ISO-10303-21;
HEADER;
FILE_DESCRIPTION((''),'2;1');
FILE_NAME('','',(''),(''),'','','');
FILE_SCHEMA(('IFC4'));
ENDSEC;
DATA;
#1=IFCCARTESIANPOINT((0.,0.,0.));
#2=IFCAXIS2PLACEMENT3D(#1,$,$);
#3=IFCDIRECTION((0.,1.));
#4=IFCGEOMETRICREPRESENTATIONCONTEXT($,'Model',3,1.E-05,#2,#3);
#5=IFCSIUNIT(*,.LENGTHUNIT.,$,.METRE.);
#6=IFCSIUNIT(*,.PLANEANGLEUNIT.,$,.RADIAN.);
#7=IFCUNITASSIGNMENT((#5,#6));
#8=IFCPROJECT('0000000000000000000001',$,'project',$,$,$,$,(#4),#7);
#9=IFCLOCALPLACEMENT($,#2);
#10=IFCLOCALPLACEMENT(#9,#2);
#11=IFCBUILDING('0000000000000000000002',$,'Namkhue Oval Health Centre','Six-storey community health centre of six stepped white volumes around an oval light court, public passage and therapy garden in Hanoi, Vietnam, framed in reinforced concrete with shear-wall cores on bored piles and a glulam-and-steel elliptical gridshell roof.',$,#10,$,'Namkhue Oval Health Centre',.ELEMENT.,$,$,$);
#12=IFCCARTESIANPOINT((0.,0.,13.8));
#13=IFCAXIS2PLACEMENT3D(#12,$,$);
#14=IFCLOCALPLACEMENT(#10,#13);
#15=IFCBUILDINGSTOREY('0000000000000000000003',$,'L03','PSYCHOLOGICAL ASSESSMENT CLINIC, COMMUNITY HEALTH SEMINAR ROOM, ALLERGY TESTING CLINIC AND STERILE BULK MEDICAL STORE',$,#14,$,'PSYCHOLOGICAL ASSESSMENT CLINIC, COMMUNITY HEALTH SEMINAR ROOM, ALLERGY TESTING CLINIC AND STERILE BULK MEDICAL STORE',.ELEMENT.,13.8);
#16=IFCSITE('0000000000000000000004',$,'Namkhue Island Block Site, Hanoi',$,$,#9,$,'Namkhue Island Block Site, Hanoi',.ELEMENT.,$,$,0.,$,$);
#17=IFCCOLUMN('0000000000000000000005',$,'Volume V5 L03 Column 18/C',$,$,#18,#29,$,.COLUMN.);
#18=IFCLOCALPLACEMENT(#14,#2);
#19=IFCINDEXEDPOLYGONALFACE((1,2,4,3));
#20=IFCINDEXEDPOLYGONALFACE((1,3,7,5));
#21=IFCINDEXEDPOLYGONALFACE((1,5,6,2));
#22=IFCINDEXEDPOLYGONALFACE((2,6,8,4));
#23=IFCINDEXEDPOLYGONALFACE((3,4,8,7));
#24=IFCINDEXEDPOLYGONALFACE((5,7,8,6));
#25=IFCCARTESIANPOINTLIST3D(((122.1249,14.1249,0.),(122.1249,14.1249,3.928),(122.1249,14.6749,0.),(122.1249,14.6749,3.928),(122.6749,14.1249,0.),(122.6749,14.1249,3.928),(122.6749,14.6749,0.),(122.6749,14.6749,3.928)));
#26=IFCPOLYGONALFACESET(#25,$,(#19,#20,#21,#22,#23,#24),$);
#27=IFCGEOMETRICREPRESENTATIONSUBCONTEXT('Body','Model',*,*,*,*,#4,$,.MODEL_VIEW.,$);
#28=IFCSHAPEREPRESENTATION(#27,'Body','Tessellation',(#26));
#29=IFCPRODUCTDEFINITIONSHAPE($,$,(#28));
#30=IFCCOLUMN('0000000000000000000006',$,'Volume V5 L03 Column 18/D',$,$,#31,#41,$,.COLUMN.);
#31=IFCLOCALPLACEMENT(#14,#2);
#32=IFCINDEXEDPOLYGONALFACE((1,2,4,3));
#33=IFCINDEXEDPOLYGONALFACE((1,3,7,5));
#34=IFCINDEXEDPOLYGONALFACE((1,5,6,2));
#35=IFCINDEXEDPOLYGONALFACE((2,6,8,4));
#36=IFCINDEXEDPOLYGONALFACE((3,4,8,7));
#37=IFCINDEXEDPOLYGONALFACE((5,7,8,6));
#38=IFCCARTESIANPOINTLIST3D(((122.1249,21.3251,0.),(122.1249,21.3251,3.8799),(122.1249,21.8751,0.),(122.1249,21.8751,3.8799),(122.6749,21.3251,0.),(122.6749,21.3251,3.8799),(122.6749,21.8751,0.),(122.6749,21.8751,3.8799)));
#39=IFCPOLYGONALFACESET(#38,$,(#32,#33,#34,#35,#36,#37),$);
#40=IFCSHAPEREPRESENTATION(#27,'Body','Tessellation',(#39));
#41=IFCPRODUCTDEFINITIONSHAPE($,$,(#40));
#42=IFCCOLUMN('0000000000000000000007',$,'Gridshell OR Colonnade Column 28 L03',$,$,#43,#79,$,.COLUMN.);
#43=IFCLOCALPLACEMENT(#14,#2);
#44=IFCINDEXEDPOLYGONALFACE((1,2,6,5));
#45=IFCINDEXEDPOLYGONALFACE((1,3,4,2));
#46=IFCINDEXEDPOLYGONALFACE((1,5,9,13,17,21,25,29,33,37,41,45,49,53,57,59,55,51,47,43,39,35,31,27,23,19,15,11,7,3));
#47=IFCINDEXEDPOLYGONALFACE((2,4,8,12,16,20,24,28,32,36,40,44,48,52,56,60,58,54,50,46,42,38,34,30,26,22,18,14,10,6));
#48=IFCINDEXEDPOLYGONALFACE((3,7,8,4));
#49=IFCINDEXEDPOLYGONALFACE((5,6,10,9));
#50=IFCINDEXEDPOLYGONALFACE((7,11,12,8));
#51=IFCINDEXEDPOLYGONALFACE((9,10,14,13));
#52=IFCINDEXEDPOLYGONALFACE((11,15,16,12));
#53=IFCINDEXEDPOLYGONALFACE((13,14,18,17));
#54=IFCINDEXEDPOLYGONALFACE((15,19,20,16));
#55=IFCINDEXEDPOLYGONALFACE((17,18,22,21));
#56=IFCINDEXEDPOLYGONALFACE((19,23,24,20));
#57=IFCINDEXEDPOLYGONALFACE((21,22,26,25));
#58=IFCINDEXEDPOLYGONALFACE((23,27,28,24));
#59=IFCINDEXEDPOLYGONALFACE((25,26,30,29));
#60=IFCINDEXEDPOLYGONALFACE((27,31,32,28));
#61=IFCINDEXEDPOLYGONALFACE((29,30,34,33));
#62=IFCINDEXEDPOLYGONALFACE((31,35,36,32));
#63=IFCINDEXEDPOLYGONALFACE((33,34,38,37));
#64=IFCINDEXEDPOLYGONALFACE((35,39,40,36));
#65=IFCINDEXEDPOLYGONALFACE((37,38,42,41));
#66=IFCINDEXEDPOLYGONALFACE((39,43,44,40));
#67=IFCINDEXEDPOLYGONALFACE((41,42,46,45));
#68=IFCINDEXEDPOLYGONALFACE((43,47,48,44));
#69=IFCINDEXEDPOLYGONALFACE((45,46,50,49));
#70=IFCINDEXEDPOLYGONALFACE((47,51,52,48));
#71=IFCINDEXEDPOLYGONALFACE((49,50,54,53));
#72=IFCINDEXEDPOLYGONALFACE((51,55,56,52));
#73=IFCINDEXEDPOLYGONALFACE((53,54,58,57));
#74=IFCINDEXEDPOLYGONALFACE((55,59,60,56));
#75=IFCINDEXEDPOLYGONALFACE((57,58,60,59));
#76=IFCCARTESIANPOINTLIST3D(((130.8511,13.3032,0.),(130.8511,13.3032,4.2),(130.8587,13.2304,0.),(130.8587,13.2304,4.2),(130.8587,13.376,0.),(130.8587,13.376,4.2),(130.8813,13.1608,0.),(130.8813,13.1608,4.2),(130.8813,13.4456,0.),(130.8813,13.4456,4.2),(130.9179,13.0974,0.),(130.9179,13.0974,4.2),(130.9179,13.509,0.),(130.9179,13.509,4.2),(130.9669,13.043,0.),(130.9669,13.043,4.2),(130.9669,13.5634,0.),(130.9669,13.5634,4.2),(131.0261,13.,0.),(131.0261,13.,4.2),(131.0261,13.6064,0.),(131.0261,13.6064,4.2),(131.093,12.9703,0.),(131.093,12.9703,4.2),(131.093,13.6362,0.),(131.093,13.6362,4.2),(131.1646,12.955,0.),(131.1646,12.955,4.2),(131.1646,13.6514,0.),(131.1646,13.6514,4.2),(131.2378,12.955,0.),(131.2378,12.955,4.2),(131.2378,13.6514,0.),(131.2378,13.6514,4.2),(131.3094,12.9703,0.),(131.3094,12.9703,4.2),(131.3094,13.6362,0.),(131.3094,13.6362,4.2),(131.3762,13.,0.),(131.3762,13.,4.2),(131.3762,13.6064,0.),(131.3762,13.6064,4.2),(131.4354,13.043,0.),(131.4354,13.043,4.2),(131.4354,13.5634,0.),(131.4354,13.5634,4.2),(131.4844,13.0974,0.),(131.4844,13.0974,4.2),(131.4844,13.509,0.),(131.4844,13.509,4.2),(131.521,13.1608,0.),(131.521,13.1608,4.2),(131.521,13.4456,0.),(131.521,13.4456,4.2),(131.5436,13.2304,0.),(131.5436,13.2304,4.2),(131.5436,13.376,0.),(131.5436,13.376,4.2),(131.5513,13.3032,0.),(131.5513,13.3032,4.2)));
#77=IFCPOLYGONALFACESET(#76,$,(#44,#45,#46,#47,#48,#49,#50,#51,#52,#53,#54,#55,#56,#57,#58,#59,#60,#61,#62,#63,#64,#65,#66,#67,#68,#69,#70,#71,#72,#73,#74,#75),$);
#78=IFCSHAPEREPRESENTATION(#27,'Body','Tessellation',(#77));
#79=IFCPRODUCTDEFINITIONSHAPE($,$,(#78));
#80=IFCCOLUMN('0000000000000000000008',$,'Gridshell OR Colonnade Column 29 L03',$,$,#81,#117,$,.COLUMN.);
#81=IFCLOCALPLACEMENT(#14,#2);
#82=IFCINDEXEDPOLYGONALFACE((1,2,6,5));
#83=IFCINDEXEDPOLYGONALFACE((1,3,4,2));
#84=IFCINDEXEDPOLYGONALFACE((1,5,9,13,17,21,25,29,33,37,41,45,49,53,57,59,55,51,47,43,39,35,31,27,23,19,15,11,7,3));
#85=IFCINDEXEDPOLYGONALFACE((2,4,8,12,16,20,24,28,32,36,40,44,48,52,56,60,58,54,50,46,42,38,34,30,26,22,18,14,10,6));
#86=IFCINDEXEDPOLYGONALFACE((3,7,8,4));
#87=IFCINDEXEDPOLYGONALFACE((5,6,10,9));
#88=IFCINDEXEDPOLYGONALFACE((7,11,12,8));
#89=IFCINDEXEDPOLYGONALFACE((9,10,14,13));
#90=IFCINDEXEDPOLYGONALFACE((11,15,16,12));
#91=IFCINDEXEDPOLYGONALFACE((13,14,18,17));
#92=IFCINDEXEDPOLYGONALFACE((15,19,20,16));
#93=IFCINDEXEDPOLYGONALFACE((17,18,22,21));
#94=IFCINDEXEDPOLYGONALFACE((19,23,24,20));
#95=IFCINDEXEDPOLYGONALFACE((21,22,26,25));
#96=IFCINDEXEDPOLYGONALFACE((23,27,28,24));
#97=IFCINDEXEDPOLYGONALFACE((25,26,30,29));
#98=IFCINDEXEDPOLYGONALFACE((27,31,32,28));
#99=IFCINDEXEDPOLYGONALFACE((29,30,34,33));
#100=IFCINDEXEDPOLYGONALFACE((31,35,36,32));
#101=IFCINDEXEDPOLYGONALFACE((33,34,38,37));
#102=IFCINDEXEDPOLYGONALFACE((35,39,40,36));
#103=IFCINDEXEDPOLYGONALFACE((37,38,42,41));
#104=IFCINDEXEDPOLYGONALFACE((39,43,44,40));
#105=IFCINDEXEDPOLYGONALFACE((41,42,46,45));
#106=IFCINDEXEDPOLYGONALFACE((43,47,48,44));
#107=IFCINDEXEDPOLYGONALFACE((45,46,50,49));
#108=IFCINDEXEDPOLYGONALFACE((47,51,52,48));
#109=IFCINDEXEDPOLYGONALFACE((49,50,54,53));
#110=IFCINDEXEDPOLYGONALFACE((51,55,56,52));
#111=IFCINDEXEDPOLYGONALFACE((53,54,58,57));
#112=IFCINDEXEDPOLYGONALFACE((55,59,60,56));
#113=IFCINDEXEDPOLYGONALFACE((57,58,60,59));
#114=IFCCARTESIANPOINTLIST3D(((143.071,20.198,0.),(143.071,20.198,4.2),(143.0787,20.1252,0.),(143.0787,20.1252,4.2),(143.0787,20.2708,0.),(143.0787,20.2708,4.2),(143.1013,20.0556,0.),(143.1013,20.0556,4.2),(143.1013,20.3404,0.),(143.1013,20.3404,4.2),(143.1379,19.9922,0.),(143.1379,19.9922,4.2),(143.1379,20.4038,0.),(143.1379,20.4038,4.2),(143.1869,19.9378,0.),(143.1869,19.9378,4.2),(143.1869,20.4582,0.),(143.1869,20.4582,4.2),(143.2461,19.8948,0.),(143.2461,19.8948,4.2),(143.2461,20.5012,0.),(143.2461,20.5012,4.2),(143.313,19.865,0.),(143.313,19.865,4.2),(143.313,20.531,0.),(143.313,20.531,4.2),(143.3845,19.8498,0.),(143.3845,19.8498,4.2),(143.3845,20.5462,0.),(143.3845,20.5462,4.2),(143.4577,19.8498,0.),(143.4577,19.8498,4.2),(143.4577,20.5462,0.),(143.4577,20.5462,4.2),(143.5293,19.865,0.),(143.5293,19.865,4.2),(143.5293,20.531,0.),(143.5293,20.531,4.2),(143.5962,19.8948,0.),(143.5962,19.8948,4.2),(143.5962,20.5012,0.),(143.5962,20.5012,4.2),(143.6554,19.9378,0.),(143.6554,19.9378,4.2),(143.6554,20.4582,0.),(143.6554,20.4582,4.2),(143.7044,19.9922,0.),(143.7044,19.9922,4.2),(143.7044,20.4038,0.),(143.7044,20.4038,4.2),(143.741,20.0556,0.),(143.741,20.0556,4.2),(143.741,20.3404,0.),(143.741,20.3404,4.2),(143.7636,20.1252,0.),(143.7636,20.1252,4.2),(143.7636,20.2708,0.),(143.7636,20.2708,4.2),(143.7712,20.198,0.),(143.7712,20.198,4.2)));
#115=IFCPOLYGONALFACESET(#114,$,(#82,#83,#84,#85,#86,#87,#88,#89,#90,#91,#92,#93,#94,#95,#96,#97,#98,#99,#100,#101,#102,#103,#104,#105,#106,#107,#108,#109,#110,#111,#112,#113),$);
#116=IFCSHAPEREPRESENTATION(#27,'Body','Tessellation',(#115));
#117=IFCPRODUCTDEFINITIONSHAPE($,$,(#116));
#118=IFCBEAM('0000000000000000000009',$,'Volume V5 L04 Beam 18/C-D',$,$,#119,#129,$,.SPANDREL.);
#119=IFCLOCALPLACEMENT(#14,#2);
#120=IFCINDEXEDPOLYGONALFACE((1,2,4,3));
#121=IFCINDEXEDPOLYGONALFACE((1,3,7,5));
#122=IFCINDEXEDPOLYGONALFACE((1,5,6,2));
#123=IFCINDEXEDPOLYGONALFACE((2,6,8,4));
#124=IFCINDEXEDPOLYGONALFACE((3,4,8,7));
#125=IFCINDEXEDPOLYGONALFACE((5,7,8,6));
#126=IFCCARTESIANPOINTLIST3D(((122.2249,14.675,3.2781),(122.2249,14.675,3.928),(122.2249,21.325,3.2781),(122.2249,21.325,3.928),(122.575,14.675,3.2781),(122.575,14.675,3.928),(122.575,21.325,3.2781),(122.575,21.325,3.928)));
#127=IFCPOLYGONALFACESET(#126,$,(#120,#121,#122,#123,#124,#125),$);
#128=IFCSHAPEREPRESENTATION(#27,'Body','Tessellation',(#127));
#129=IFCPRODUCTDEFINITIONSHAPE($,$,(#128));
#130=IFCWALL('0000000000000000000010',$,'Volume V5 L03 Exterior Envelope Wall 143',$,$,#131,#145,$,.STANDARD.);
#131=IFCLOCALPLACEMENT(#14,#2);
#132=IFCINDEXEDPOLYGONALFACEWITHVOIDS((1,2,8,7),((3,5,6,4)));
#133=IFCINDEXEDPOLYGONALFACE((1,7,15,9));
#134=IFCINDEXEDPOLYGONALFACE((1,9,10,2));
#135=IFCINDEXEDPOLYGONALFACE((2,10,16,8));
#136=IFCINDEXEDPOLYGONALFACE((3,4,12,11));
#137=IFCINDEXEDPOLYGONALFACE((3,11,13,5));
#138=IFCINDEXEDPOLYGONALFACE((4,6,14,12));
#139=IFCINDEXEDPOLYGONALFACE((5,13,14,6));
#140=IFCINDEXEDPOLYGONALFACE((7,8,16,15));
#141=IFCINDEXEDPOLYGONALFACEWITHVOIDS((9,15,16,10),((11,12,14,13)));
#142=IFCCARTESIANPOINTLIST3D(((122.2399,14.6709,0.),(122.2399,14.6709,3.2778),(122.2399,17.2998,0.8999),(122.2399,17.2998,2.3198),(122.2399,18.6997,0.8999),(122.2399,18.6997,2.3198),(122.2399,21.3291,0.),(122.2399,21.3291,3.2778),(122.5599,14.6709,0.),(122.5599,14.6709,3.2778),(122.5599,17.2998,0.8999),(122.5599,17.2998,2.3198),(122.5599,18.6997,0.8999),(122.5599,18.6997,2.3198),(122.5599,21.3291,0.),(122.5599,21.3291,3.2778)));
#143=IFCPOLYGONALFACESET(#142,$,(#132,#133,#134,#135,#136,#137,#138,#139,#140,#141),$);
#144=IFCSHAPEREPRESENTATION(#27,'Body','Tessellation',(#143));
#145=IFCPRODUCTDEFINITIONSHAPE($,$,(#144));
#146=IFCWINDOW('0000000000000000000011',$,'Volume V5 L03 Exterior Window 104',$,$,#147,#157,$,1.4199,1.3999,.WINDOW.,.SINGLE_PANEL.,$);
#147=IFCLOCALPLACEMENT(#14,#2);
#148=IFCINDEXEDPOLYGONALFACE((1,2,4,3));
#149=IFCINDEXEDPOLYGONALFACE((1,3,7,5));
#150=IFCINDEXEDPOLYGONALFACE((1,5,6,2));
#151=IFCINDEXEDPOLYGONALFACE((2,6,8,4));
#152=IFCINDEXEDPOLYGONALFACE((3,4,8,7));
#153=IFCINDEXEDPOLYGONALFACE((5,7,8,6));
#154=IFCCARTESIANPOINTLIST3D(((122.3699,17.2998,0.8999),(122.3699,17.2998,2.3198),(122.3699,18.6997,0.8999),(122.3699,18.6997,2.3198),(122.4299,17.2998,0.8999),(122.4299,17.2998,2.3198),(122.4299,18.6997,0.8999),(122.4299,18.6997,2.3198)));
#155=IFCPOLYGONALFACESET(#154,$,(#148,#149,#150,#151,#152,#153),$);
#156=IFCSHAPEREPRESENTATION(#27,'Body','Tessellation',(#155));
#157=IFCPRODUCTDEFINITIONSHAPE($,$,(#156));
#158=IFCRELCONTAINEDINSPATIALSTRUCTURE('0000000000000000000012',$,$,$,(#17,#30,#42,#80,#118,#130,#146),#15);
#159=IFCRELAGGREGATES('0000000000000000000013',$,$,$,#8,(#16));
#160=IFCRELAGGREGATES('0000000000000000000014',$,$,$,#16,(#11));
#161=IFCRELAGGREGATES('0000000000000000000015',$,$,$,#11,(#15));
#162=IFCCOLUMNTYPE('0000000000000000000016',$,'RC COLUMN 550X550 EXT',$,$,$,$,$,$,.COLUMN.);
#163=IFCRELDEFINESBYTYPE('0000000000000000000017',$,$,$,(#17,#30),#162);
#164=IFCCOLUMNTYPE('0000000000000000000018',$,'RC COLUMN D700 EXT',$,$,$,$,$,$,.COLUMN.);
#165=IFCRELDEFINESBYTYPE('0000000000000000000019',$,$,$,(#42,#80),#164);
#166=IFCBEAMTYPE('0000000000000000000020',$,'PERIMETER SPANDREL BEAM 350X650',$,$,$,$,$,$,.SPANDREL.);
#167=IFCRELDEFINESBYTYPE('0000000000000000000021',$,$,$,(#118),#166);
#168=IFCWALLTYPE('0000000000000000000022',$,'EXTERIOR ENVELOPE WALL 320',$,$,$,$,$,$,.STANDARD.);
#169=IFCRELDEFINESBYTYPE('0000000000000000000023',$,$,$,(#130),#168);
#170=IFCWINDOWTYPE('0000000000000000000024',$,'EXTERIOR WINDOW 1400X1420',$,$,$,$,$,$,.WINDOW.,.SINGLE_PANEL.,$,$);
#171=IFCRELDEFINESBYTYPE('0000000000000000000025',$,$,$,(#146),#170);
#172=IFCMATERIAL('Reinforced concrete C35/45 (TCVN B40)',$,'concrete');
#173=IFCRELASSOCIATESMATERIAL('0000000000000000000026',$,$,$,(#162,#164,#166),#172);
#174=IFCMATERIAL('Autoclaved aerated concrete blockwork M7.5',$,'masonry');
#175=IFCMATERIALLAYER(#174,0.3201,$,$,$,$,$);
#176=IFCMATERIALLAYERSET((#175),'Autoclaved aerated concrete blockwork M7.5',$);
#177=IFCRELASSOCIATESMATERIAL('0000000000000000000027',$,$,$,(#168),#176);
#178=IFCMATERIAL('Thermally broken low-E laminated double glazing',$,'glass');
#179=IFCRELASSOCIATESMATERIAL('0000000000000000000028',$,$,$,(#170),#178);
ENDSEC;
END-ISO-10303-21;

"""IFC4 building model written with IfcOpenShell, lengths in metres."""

from ifc_helpers import new_model, si_unit, direction, frame, frame_2d, origin, origin_2d, place, context, subcontext, project, spatial, rectangle, circle, extrude, material, layer, layer_set, material_profile, profile_set, type_object, element, fill, save


model = new_model("IFC4")

# Units and contexts
model_context = context("Model", 3, precision=1e-05, world=origin(), true_north=direction((0.0, 1.0)))
body_context = subcontext(model_context, "Body", "Model", "MODEL_VIEW")
ifc_project = project(units=[si_unit("LENGTHUNIT", "METRE"), si_unit("PLANEANGLEUNIT", "RADIAN")], contexts=[model_context])

# Site, building, storey
site_placement = place(None, origin())
site = spatial("IfcSite", under=ifc_project, at=site_placement, Name="Namkhue Island Block Site, Hanoi", LongName="Namkhue Island Block Site, Hanoi", CompositionType="ELEMENT", RefElevation=0.0)
building_placement = place(site_placement, origin())
building = spatial("IfcBuilding", under=site, at=building_placement, Name="Namkhue Oval Health Centre", Description="Six-storey community health centre of six stepped white volumes around an oval light court, public passage and therapy garden in Hanoi, Vietnam, framed in reinforced concrete with shear-wall cores on bored piles and a glulam-and-steel elliptical gridshell roof.", LongName="Namkhue Oval Health Centre", CompositionType="ELEMENT")
storey_placement = place(building_placement, frame((0.0, 0.0, 13.8)))
storey = spatial("IfcBuildingStorey", under=building, at=storey_placement, Name="L03", Description="PSYCHOLOGICAL ASSESSMENT CLINIC, COMMUNITY HEALTH SEMINAR ROOM, ALLERGY TESTING CLINIC AND STERILE BULK MEDICAL STORE", LongName="PSYCHOLOGICAL ASSESSMENT CLINIC, COMMUNITY HEALTH SEMINAR ROOM, ALLERGY TESTING CLINIC AND STERILE BULK MEDICAL STORE", CompositionType="ELEMENT", Elevation=13.8)

# Columns
ifc_material_1 = material(Name="Reinforced concrete C35/45 (TCVN B40)", Category="concrete")
ifc_material_profile_1 = material_profile(ifc_material_1, rectangle(XDim=0.55, YDim=0.55, at=origin_2d()), Name="RC 550x550")
ifc_profile_set_1 = profile_set([ifc_material_profile_1], Name="Reinforced concrete C35/45 (TCVN B40)")
column_type_1 = type_object("IfcColumnType", Name="RC COLUMN 550X550 EXT", PredefinedType="COLUMN", material=ifc_profile_set_1)
column_1_placement = place(storey_placement, frame((122.3999, 14.3999, 0.0), z_axis=(0.0, 0.0, 1.0), x_axis=(1.0, 0.0, 0.0)))
element("IfcColumn", 1, at=column_1_placement, inside=storey, type_object=column_type_1, Name="Volume V5 L03 Column 18/C", PredefinedType="COLUMN", context=body_context, shape_type="SweptSolid", body=[
    extrude(rectangle(XDim=0.55, YDim=0.55, at=origin_2d()), origin(), (0.0, 0.0, 1.0), 3.928),
])
column_2_placement = place(storey_placement, frame((122.3999, 21.6001, 0.0), z_axis=(0.0, 0.0, 1.0), x_axis=(1.0, 0.0, 0.0)))
element("IfcColumn", 2, at=column_2_placement, inside=storey, type_object=column_type_1, Name="Volume V5 L03 Column 18/D", PredefinedType="COLUMN", context=body_context, shape_type="SweptSolid", body=[
    extrude(rectangle(XDim=0.55, YDim=0.55, at=origin_2d()), origin(), (0.0, 0.0, 1.0), 3.8799),
])
ifc_material_profile_2 = material_profile(ifc_material_1, circle(Radius=0.3501, at=origin_2d()), Name="RC D700")
ifc_profile_set_2 = profile_set([ifc_material_profile_2], Name="Reinforced concrete C35/45 (TCVN B40)")
column_type_2 = type_object("IfcColumnType", Name="RC COLUMN D700 EXT", PredefinedType="COLUMN", material=ifc_profile_set_2)
for number, where, z_axis, x_axis, name in (
    (3, (131.2012, 13.3032, 0.0), (0.0, 0.0, 1.0), (1.0, 0.0, 0.0), "Gridshell OR Colonnade Column 28 L03"),
    (4, (143.4211, 20.198, 0.0), (0.0, 0.0, 1.0), (1.0, 0.0, 0.0), "Gridshell OR Colonnade Column 29 L03"),
):
    element("IfcColumn", number, at=place(storey_placement, frame(where, z_axis=z_axis, x_axis=x_axis)), inside=storey, type_object=column_type_2, Name=name, PredefinedType="COLUMN", context=body_context, shape_type="SweptSolid", body=[
        extrude(circle(Radius=0.3501, at=origin_2d()), origin(), (0.0, 0.0, 1.0), 4.2),
    ])

# Beam
ifc_material_profile_3 = material_profile(ifc_material_1, rectangle(XDim=0.3501, YDim=0.6499, at=origin_2d()), Name="RC 350x650")
ifc_profile_set_3 = profile_set([ifc_material_profile_3], Name="Reinforced concrete C35/45 (TCVN B40)")
beam_type = type_object("IfcBeamType", Name="PERIMETER SPANDREL BEAM 350X650", PredefinedType="SPANDREL", material=ifc_profile_set_3)
beam_placement = place(storey_placement, frame((122.3999, 14.675, 3.603), z_axis=(0.0, 1.0, 0.0), x_axis=(-1.0, 0.0, 0.0)))
element("IfcBeam", 5, at=beam_placement, inside=storey, type_object=beam_type, Name="Volume V5 L04 Beam 18/C-D", PredefinedType="SPANDREL", context=body_context, shape_type="SweptSolid", body=[
    extrude(rectangle(XDim=0.3501, YDim=0.6499, at=origin_2d()), origin(), (0.0, 0.0, 1.0), 6.6499),
])

# Wall, opening, window
ifc_material_2 = material(Name="Autoclaved aerated concrete blockwork M7.5", Category="masonry")
ifc_layer_1 = layer(ifc_material_2, 0.3201)
ifc_layer_set_1 = layer_set([ifc_layer_1], Name="Autoclaved aerated concrete blockwork M7.5")
wall_type_1 = type_object("IfcWallType", Name="EXTERIOR ENVELOPE WALL 320", PredefinedType="STANDARD", material=ifc_layer_set_1)
wall_1_placement = place(storey_placement, frame((122.3999, 14.6709, 0.0), z_axis=(0.0, 0.0, 1.0), x_axis=(0.0, 1.0, 0.0)))
wall_1 = element("IfcWall", 6, at=wall_1_placement, inside=storey, type_object=wall_type_1, Name="Volume V5 L03 Exterior Envelope Wall 143", PredefinedType="STANDARD", context=body_context, shape_type="SweptSolid", body=[
    extrude(rectangle(XDim=6.6582, YDim=0.3201, at=frame_2d((3.3291, 0.0))), origin(), (0.0, 0.0, 1.0), 3.2778),
])
opening_1_placement = place(wall_1_placement, frame((2.6289, 0.0, 0.8999)))
opening_1 = element("IfcOpeningElement", 7, at=opening_1_placement, cuts=wall_1, PredefinedType="OPENING", context=body_context, shape_type="SweptSolid", body=[
    extrude(rectangle(XDim=1.3999, YDim=1.4199, at=frame_2d((0.7, 0.71))), frame((0.0, 0.1699, 0.0), z_axis=(0.0, -1.0, 0.0), x_axis=(1.0, 0.0, 0.0)), (0.0, 0.0, 1.0), 0.3401),
])
ifc_material_3 = material(Name="Thermally broken low-E laminated double glazing", Category="glass")
window_type = type_object("IfcWindowType", Name="EXTERIOR WINDOW 1400X1420", PartitioningType="SINGLE_PANEL", PredefinedType="WINDOW", material=ifc_material_3)
window_placement = place(opening_1_placement, origin())
window = element("IfcWindow", 8, at=window_placement, inside=storey, type_object=window_type, Name="Volume V5 L03 Exterior Window 104", OverallHeight=1.4199, OverallWidth=1.3999, PartitioningType="SINGLE_PANEL", PredefinedType="WINDOW", context=body_context, shape_type="SweptSolid", body=[
    extrude(rectangle(XDim=1.3999, YDim=1.4199, at=frame_2d((0.7, 0.71))), frame((0.0, 0.03, 0.0), z_axis=(0.0, -1.0, 0.0), x_axis=(1.0, 0.0, 0.0)), (0.0, 0.0, 1.0), 0.0601),
])
fill(opening_1, window)

save(model, "model.ifc")
